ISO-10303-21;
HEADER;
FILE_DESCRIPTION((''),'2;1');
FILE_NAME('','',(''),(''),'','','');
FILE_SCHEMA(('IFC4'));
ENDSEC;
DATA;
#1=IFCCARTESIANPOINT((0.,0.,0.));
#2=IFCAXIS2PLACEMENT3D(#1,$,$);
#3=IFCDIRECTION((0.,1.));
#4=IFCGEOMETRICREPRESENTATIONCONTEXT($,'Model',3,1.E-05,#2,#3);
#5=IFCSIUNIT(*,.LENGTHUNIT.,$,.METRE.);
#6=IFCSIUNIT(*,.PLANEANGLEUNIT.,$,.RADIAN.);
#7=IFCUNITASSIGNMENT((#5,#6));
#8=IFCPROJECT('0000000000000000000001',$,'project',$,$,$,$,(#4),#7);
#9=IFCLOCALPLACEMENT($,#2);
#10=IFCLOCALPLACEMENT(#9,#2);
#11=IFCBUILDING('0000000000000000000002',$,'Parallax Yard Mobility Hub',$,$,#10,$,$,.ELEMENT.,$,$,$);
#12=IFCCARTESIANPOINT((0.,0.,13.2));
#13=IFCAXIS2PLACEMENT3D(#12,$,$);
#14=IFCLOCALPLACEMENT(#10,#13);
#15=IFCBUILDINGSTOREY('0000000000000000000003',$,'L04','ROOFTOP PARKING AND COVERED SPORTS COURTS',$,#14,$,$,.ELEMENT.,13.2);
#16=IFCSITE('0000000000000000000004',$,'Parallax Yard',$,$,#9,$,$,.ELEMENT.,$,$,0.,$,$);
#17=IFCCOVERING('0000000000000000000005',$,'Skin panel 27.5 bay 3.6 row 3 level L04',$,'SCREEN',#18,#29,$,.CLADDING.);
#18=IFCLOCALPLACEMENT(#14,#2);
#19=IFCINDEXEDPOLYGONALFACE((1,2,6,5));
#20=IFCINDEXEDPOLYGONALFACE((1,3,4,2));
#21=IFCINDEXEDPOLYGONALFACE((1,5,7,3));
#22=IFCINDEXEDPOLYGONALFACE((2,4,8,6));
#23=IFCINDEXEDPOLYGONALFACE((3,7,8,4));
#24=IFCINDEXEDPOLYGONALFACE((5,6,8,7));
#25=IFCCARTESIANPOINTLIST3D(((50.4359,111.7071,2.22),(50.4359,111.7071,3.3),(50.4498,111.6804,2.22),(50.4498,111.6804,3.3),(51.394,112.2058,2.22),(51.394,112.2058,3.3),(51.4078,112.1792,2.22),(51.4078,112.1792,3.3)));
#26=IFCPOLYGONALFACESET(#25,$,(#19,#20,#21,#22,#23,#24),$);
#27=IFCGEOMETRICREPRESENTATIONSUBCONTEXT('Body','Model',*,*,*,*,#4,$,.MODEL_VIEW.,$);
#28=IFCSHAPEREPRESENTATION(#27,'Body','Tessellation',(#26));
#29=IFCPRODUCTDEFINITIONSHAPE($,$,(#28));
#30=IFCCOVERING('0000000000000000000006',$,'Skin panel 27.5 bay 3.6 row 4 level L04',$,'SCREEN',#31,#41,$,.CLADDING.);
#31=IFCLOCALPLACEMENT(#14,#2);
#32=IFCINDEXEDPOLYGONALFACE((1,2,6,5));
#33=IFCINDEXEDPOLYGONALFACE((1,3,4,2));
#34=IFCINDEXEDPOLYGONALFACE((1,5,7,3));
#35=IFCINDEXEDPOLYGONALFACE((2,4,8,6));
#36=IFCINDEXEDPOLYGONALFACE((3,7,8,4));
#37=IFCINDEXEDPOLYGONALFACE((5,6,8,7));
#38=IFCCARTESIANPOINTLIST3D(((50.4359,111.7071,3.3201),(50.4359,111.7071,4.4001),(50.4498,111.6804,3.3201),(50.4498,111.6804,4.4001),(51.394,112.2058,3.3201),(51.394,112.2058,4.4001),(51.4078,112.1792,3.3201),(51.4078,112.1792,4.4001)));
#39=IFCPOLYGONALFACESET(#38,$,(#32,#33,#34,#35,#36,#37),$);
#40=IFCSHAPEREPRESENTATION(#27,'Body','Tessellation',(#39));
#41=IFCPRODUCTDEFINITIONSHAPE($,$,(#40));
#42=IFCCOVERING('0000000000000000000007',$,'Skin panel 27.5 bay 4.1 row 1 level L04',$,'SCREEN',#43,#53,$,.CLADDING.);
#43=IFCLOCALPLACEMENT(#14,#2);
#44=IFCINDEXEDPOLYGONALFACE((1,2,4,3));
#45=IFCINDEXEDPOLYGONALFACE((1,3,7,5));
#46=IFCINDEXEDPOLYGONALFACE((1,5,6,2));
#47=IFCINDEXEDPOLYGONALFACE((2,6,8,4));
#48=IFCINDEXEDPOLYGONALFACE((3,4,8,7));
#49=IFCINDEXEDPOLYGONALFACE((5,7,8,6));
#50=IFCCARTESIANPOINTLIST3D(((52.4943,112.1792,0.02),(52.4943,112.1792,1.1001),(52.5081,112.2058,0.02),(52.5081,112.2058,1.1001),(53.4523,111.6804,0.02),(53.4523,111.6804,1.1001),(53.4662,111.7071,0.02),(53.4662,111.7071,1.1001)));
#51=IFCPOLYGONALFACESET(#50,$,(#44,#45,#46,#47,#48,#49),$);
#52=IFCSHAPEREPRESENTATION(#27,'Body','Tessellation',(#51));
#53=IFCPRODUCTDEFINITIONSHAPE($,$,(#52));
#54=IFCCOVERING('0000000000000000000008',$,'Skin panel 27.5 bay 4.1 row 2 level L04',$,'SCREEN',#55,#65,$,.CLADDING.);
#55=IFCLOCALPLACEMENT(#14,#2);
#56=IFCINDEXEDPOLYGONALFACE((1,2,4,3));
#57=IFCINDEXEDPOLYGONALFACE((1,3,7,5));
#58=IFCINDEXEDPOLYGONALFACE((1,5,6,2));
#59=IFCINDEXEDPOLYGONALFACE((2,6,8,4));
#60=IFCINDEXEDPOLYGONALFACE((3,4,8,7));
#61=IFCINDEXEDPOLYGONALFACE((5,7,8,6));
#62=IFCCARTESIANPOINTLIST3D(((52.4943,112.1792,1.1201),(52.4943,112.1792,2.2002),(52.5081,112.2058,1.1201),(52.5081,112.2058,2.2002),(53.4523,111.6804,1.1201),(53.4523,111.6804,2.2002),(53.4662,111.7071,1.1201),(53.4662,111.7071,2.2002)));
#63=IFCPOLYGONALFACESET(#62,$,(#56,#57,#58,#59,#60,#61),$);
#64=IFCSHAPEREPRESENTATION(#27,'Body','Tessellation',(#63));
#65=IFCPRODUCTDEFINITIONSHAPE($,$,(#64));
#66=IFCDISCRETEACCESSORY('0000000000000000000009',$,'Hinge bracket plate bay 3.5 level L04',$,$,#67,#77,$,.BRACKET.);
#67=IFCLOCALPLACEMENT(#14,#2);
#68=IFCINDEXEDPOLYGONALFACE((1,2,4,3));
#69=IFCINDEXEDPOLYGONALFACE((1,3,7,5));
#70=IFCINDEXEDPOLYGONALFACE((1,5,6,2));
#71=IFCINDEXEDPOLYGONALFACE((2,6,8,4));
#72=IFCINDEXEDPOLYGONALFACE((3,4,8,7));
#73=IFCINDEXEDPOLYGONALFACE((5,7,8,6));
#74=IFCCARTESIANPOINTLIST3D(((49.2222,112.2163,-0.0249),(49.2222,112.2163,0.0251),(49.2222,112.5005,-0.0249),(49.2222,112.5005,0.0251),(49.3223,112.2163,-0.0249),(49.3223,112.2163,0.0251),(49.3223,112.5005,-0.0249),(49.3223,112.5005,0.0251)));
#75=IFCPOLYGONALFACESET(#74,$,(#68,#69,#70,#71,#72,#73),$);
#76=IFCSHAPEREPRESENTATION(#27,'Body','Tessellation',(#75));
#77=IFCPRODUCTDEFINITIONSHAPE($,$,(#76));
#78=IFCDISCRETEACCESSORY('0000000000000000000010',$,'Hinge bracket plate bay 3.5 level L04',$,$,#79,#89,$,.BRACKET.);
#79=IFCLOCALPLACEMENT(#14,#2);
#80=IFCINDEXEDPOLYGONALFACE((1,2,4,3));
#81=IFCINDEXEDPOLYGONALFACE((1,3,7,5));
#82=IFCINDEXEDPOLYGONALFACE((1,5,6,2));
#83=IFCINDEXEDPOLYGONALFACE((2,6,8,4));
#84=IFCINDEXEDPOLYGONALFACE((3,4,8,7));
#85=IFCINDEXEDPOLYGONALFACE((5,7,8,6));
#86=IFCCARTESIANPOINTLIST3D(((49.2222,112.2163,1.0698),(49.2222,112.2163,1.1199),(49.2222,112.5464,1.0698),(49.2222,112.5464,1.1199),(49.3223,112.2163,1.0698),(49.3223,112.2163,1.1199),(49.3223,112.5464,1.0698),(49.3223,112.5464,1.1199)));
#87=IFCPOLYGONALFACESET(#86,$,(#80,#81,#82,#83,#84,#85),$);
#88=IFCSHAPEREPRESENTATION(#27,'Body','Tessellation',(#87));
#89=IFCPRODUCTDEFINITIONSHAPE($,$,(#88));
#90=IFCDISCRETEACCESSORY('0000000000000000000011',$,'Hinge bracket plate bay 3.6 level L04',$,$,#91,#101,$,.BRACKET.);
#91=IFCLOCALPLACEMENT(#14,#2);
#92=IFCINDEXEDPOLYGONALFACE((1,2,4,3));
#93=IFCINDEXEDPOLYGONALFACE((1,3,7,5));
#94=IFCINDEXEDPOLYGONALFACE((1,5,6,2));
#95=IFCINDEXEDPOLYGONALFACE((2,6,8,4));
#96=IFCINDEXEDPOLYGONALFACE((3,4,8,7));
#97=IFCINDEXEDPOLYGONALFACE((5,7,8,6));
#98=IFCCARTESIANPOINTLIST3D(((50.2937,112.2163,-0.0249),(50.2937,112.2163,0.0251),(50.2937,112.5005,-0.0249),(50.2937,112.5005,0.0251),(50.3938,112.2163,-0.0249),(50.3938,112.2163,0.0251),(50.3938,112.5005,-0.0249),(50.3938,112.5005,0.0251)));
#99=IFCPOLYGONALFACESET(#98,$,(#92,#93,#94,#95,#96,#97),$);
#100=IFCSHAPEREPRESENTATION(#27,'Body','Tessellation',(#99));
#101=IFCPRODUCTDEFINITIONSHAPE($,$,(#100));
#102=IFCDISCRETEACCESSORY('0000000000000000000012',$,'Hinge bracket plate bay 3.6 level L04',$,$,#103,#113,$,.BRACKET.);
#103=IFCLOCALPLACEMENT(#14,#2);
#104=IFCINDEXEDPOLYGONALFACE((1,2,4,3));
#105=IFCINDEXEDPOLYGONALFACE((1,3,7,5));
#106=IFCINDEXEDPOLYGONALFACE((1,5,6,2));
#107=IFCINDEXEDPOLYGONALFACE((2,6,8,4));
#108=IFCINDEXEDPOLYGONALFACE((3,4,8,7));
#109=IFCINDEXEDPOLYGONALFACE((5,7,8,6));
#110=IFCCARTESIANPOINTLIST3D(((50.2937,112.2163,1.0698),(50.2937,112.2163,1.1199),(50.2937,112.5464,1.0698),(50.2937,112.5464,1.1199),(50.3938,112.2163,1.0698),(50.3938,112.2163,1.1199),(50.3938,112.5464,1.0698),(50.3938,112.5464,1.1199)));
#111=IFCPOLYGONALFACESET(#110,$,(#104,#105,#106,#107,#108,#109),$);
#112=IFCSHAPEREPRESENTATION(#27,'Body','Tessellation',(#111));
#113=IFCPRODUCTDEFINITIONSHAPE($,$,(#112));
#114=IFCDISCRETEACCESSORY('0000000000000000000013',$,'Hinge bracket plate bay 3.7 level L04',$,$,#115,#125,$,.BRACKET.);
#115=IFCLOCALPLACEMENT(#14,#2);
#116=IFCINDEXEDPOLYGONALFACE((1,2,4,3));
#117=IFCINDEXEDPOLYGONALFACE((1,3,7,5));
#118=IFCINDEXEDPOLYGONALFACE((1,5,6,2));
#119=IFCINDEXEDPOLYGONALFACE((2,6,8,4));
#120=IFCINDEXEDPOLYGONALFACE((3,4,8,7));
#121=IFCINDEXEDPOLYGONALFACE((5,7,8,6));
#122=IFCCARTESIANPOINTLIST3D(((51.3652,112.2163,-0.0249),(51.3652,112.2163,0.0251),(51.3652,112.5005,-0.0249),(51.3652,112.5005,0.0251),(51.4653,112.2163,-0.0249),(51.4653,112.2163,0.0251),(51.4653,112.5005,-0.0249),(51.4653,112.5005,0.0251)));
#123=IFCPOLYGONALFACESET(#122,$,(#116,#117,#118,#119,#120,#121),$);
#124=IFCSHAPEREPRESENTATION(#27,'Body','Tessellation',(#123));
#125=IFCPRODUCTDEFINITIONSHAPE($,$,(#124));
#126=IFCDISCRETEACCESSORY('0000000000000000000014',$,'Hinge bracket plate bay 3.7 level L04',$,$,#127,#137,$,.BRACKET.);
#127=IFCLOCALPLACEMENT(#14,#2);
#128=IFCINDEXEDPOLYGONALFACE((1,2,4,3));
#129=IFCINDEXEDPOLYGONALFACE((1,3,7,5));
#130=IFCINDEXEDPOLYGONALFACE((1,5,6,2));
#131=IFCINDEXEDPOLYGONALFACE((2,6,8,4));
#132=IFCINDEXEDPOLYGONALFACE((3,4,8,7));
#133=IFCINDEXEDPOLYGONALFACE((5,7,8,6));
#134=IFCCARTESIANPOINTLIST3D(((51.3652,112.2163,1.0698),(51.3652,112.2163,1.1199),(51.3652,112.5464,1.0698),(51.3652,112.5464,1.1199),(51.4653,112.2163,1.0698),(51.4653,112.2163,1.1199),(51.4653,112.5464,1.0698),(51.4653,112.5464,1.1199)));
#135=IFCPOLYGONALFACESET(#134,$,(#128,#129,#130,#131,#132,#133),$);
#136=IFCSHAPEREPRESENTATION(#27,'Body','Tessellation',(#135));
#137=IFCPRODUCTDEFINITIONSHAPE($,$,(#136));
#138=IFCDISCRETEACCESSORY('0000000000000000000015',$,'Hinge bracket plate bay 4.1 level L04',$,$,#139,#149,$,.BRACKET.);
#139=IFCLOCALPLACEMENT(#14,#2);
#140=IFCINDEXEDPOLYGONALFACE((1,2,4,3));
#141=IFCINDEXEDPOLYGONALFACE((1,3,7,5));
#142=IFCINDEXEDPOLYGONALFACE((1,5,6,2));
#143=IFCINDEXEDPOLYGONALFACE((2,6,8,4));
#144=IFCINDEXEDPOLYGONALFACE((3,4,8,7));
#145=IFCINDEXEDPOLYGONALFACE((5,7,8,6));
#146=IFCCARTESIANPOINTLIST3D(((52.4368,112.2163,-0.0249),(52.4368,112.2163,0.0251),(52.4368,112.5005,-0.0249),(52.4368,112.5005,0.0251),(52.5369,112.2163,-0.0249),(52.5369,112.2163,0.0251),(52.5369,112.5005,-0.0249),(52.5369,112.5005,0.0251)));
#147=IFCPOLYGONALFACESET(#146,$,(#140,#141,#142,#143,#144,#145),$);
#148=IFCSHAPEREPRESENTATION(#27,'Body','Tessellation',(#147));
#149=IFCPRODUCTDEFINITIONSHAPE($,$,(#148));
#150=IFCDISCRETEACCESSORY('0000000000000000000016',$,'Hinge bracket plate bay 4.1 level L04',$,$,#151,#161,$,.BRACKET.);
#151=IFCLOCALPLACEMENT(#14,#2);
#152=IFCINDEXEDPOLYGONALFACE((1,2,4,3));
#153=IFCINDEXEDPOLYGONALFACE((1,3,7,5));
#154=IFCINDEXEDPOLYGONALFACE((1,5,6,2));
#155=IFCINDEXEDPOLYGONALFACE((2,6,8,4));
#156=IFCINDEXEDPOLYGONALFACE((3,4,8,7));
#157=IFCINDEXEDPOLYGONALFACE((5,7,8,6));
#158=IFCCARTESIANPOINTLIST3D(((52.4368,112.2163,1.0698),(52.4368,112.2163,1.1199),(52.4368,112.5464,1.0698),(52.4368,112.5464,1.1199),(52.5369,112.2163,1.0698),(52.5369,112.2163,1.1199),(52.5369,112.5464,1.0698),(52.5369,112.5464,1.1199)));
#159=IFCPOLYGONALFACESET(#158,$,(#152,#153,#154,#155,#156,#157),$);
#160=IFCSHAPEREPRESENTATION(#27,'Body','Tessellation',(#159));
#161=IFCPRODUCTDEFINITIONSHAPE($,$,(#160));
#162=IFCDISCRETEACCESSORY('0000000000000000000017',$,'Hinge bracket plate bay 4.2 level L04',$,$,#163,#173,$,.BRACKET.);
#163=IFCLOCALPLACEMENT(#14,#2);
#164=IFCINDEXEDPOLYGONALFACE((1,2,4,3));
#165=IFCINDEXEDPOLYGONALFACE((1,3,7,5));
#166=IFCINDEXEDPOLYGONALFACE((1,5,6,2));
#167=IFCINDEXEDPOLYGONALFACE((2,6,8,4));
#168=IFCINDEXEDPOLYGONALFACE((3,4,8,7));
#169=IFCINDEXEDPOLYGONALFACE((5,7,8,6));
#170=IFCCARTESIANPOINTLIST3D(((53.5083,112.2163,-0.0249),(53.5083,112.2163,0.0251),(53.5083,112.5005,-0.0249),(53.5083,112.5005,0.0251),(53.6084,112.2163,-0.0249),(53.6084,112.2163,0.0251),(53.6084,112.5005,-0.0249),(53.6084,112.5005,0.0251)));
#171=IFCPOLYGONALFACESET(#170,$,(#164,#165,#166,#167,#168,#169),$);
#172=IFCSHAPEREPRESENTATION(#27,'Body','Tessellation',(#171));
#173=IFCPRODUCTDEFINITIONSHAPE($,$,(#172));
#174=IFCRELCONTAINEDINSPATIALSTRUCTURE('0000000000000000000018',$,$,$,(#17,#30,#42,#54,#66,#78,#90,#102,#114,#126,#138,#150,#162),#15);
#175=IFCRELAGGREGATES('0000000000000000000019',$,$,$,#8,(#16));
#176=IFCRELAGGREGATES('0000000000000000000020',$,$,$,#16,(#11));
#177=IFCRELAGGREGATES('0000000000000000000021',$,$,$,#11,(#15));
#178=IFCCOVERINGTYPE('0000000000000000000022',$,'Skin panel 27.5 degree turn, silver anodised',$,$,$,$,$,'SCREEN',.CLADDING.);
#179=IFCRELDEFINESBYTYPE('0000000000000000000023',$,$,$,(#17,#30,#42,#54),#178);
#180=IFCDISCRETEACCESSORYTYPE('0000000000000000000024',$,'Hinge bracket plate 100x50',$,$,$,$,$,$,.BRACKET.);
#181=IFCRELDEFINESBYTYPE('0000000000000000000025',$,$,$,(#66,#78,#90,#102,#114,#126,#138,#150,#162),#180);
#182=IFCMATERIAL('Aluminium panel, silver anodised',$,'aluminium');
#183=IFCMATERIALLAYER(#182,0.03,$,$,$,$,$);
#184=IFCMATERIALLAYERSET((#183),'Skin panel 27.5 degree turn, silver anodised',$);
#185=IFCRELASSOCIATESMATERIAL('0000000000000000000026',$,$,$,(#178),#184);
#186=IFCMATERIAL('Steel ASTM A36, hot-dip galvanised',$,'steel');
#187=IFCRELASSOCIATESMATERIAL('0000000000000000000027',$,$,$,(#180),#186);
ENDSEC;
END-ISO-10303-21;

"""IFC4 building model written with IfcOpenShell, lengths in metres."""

from ifc_helpers import new_model, si_unit, direction, frame, origin, origin_2d, place, context, subcontext, project, spatial, rectangle, extrude, material, layer, layer_set, type_object, element, save


model = new_model("IFC4")

# Units and contexts
model_context = context("Model", 3, precision=1e-05, world=origin(), true_north=direction((0.0, 1.0)))
body_context = subcontext(model_context, "Body", "Model", "MODEL_VIEW")
ifc_project = project(units=[si_unit("LENGTHUNIT", "METRE"), si_unit("PLANEANGLEUNIT", "RADIAN")], contexts=[model_context])

# Site, building, storey
site_placement = place(None, origin())
site = spatial("IfcSite", under=ifc_project, at=site_placement, Name="Parallax Yard", CompositionType="ELEMENT", RefElevation=0.0)
building_placement = place(site_placement, origin())
building = spatial("IfcBuilding", under=site, at=building_placement, Name="Parallax Yard Mobility Hub", CompositionType="ELEMENT")
storey_placement = place(building_placement, frame((0.0, 0.0, 13.2)))
storey = spatial("IfcBuildingStorey", under=building, at=storey_placement, Name="L04", Description="ROOFTOP PARKING AND COVERED SPORTS COURTS", CompositionType="ELEMENT", Elevation=13.2)

# Coverings
ifc_material_1 = material(Name="Aluminium panel, silver anodised", Category="aluminium")
ifc_layer_1 = layer(ifc_material_1, 0.03)
ifc_layer_set_1 = layer_set([ifc_layer_1], Name="Skin panel 27.5 degree turn, silver anodised")
covering_type_1 = type_object("IfcCoveringType", Name="Skin panel 27.5 degree turn, silver anodised", ElementType="SCREEN", PredefinedType="CLADDING", material=ifc_layer_set_1)
for number, where, z_axis, x_axis, name in (
    (1, (50.9219, 111.9431, 2.22), (0.0, 0.0, 1.0), (-0.887011, -0.461749, 0.0), "Skin panel 27.5 bay 3.6 row 3 level L04"),
    (2, (50.9219, 111.9431, 3.3201), (0.0, 0.0, 1.0), (-0.887011, -0.461749, 0.0), "Skin panel 27.5 bay 3.6 row 4 level L04"),
    (3, (52.9802, 111.9431, 0.02), (0.0, 0.0, 1.0), (0.887011, -0.461749, 0.0), "Skin panel 27.5 bay 4.1 row 1 level L04"),
    (4, (52.9802, 111.9431, 1.1201), (0.0, 0.0, 1.0), (0.887011, -0.461749, 0.0), "Skin panel 27.5 bay 4.1 row 2 level L04"),
):
    element("IfcCovering", number, at=place(storey_placement, frame(where, z_axis=z_axis, x_axis=x_axis)), inside=storey, type_object=covering_type_1, Name=name, ObjectType="SCREEN", PredefinedType="CLADDING", context=body_context, shape_type="SweptSolid", body=[
        extrude(rectangle(XDim=1.0801, YDim=0.03, at=origin_2d()), origin(), (0.0, 0.0, 1.0), 1.0801),
    ])

# Discrete accessories
ifc_material_2 = material(Name="Steel ASTM A36, hot-dip galvanised", Category="steel")
discrete_accessory_type_1 = type_object("IfcDiscreteAccessoryType", Name="Hinge bracket plate 100x50", PredefinedType="BRACKET", material=ifc_material_2)
discrete_accessory_1_placement = place(storey_placement, frame((49.2722, 112.3584, -0.0249), z_axis=(0.0, 0.0, 1.0), x_axis=(0.0, -1.0, 0.0)))
element("IfcDiscreteAccessory", 5, at=discrete_accessory_1_placement, inside=storey, type_object=discrete_accessory_type_1, Name="Hinge bracket plate bay 3.5 level L04", PredefinedType="BRACKET", context=body_context, shape_type="SweptSolid", body=[
    extrude(rectangle(XDim=0.2842, YDim=0.1001, at=origin_2d()), origin(), (0.0, 0.0, 1.0), 0.05),
])
discrete_accessory_2_placement = place(storey_placement, frame((49.2722, 112.3813, 1.0698), z_axis=(0.0, 0.0, 1.0), x_axis=(0.0, -1.0, 0.0)))
element("IfcDiscreteAccessory", 6, at=discrete_accessory_2_placement, inside=storey, type_object=discrete_accessory_type_1, Name="Hinge bracket plate bay 3.5 level L04", PredefinedType="BRACKET", context=body_context, shape_type="SweptSolid", body=[
    extrude(rectangle(XDim=0.3301, YDim=0.1001, at=origin_2d()), origin(), (0.0, 0.0, 1.0), 0.05),
])
discrete_accessory_3_placement = place(storey_placement, frame((50.3438, 112.3584, -0.0249), z_axis=(0.0, 0.0, 1.0), x_axis=(0.0, -1.0, 0.0)))
element("IfcDiscreteAccessory", 7, at=discrete_accessory_3_placement, inside=storey, type_object=discrete_accessory_type_1, Name="Hinge bracket plate bay 3.6 level L04", PredefinedType="BRACKET", context=body_context, shape_type="SweptSolid", body=[
    extrude(rectangle(XDim=0.2842, YDim=0.1001, at=origin_2d()), origin(), (0.0, 0.0, 1.0), 0.05),
])
discrete_accessory_4_placement = place(storey_placement, frame((50.3438, 112.3813, 1.0698), z_axis=(0.0, 0.0, 1.0), x_axis=(0.0, -1.0, 0.0)))
element("IfcDiscreteAccessory", 8, at=discrete_accessory_4_placement, inside=storey, type_object=discrete_accessory_type_1, Name="Hinge bracket plate bay 3.6 level L04", PredefinedType="BRACKET", context=body_context, shape_type="SweptSolid", body=[
    extrude(rectangle(XDim=0.3301, YDim=0.1001, at=origin_2d()), origin(), (0.0, 0.0, 1.0), 0.05),
])
discrete_accessory_5_placement = place(storey_placement, frame((51.4153, 112.3584, -0.0249), z_axis=(0.0, 0.0, 1.0), x_axis=(0.0, -1.0, 0.0)))
element("IfcDiscreteAccessory", 9, at=discrete_accessory_5_placement, inside=storey, type_object=discrete_accessory_type_1, Name="Hinge bracket plate bay 3.7 level L04", PredefinedType="BRACKET", context=body_context, shape_type="SweptSolid", body=[
    extrude(rectangle(XDim=0.2842, YDim=0.1001, at=origin_2d()), origin(), (0.0, 0.0, 1.0), 0.05),
])
discrete_accessory_6_placement = place(storey_placement, frame((51.4153, 112.3813, 1.0698), z_axis=(0.0, 0.0, 1.0), x_axis=(0.0, -1.0, 0.0)))
element("IfcDiscreteAccessory", 10, at=discrete_accessory_6_placement, inside=storey, type_object=discrete_accessory_type_1, Name="Hinge bracket plate bay 3.7 level L04", PredefinedType="BRACKET", context=body_context, shape_type="SweptSolid", body=[
    extrude(rectangle(XDim=0.3301, YDim=0.1001, at=origin_2d()), origin(), (0.0, 0.0, 1.0), 0.05),
])
discrete_accessory_7_placement = place(storey_placement, frame((52.4868, 112.3584, -0.0249), z_axis=(0.0, 0.0, 1.0), x_axis=(0.0, -1.0, 0.0)))
element("IfcDiscreteAccessory", 11, at=discrete_accessory_7_placement, inside=storey, type_object=discrete_accessory_type_1, Name="Hinge bracket plate bay 4.1 level L04", PredefinedType="BRACKET", context=body_context, shape_type="SweptSolid", body=[
    extrude(rectangle(XDim=0.2842, YDim=0.1001, at=origin_2d()), origin(), (0.0, 0.0, 1.0), 0.05),
])
discrete_accessory_8_placement = place(storey_placement, frame((52.4868, 112.3813, 1.0698), z_axis=(0.0, 0.0, 1.0), x_axis=(0.0, -1.0, 0.0)))
element("IfcDiscreteAccessory", 12, at=discrete_accessory_8_placement, inside=storey, type_object=discrete_accessory_type_1, Name="Hinge bracket plate bay 4.1 level L04", PredefinedType="BRACKET", context=body_context, shape_type="SweptSolid", body=[
    extrude(rectangle(XDim=0.3301, YDim=0.1001, at=origin_2d()), origin(), (0.0, 0.0, 1.0), 0.05),
])
discrete_accessory_9_placement = place(storey_placement, frame((53.5583, 112.3584, -0.0249), z_axis=(0.0, 0.0, 1.0), x_axis=(0.0, -1.0, 0.0)))
element("IfcDiscreteAccessory", 13, at=discrete_accessory_9_placement, inside=storey, type_object=discrete_accessory_type_1, Name="Hinge bracket plate bay 4.2 level L04", PredefinedType="BRACKET", context=body_context, shape_type="SweptSolid", body=[
    extrude(rectangle(XDim=0.2842, YDim=0.1001, at=origin_2d()), origin(), (0.0, 0.0, 1.0), 0.05),
])

save(model, "model.ifc")
